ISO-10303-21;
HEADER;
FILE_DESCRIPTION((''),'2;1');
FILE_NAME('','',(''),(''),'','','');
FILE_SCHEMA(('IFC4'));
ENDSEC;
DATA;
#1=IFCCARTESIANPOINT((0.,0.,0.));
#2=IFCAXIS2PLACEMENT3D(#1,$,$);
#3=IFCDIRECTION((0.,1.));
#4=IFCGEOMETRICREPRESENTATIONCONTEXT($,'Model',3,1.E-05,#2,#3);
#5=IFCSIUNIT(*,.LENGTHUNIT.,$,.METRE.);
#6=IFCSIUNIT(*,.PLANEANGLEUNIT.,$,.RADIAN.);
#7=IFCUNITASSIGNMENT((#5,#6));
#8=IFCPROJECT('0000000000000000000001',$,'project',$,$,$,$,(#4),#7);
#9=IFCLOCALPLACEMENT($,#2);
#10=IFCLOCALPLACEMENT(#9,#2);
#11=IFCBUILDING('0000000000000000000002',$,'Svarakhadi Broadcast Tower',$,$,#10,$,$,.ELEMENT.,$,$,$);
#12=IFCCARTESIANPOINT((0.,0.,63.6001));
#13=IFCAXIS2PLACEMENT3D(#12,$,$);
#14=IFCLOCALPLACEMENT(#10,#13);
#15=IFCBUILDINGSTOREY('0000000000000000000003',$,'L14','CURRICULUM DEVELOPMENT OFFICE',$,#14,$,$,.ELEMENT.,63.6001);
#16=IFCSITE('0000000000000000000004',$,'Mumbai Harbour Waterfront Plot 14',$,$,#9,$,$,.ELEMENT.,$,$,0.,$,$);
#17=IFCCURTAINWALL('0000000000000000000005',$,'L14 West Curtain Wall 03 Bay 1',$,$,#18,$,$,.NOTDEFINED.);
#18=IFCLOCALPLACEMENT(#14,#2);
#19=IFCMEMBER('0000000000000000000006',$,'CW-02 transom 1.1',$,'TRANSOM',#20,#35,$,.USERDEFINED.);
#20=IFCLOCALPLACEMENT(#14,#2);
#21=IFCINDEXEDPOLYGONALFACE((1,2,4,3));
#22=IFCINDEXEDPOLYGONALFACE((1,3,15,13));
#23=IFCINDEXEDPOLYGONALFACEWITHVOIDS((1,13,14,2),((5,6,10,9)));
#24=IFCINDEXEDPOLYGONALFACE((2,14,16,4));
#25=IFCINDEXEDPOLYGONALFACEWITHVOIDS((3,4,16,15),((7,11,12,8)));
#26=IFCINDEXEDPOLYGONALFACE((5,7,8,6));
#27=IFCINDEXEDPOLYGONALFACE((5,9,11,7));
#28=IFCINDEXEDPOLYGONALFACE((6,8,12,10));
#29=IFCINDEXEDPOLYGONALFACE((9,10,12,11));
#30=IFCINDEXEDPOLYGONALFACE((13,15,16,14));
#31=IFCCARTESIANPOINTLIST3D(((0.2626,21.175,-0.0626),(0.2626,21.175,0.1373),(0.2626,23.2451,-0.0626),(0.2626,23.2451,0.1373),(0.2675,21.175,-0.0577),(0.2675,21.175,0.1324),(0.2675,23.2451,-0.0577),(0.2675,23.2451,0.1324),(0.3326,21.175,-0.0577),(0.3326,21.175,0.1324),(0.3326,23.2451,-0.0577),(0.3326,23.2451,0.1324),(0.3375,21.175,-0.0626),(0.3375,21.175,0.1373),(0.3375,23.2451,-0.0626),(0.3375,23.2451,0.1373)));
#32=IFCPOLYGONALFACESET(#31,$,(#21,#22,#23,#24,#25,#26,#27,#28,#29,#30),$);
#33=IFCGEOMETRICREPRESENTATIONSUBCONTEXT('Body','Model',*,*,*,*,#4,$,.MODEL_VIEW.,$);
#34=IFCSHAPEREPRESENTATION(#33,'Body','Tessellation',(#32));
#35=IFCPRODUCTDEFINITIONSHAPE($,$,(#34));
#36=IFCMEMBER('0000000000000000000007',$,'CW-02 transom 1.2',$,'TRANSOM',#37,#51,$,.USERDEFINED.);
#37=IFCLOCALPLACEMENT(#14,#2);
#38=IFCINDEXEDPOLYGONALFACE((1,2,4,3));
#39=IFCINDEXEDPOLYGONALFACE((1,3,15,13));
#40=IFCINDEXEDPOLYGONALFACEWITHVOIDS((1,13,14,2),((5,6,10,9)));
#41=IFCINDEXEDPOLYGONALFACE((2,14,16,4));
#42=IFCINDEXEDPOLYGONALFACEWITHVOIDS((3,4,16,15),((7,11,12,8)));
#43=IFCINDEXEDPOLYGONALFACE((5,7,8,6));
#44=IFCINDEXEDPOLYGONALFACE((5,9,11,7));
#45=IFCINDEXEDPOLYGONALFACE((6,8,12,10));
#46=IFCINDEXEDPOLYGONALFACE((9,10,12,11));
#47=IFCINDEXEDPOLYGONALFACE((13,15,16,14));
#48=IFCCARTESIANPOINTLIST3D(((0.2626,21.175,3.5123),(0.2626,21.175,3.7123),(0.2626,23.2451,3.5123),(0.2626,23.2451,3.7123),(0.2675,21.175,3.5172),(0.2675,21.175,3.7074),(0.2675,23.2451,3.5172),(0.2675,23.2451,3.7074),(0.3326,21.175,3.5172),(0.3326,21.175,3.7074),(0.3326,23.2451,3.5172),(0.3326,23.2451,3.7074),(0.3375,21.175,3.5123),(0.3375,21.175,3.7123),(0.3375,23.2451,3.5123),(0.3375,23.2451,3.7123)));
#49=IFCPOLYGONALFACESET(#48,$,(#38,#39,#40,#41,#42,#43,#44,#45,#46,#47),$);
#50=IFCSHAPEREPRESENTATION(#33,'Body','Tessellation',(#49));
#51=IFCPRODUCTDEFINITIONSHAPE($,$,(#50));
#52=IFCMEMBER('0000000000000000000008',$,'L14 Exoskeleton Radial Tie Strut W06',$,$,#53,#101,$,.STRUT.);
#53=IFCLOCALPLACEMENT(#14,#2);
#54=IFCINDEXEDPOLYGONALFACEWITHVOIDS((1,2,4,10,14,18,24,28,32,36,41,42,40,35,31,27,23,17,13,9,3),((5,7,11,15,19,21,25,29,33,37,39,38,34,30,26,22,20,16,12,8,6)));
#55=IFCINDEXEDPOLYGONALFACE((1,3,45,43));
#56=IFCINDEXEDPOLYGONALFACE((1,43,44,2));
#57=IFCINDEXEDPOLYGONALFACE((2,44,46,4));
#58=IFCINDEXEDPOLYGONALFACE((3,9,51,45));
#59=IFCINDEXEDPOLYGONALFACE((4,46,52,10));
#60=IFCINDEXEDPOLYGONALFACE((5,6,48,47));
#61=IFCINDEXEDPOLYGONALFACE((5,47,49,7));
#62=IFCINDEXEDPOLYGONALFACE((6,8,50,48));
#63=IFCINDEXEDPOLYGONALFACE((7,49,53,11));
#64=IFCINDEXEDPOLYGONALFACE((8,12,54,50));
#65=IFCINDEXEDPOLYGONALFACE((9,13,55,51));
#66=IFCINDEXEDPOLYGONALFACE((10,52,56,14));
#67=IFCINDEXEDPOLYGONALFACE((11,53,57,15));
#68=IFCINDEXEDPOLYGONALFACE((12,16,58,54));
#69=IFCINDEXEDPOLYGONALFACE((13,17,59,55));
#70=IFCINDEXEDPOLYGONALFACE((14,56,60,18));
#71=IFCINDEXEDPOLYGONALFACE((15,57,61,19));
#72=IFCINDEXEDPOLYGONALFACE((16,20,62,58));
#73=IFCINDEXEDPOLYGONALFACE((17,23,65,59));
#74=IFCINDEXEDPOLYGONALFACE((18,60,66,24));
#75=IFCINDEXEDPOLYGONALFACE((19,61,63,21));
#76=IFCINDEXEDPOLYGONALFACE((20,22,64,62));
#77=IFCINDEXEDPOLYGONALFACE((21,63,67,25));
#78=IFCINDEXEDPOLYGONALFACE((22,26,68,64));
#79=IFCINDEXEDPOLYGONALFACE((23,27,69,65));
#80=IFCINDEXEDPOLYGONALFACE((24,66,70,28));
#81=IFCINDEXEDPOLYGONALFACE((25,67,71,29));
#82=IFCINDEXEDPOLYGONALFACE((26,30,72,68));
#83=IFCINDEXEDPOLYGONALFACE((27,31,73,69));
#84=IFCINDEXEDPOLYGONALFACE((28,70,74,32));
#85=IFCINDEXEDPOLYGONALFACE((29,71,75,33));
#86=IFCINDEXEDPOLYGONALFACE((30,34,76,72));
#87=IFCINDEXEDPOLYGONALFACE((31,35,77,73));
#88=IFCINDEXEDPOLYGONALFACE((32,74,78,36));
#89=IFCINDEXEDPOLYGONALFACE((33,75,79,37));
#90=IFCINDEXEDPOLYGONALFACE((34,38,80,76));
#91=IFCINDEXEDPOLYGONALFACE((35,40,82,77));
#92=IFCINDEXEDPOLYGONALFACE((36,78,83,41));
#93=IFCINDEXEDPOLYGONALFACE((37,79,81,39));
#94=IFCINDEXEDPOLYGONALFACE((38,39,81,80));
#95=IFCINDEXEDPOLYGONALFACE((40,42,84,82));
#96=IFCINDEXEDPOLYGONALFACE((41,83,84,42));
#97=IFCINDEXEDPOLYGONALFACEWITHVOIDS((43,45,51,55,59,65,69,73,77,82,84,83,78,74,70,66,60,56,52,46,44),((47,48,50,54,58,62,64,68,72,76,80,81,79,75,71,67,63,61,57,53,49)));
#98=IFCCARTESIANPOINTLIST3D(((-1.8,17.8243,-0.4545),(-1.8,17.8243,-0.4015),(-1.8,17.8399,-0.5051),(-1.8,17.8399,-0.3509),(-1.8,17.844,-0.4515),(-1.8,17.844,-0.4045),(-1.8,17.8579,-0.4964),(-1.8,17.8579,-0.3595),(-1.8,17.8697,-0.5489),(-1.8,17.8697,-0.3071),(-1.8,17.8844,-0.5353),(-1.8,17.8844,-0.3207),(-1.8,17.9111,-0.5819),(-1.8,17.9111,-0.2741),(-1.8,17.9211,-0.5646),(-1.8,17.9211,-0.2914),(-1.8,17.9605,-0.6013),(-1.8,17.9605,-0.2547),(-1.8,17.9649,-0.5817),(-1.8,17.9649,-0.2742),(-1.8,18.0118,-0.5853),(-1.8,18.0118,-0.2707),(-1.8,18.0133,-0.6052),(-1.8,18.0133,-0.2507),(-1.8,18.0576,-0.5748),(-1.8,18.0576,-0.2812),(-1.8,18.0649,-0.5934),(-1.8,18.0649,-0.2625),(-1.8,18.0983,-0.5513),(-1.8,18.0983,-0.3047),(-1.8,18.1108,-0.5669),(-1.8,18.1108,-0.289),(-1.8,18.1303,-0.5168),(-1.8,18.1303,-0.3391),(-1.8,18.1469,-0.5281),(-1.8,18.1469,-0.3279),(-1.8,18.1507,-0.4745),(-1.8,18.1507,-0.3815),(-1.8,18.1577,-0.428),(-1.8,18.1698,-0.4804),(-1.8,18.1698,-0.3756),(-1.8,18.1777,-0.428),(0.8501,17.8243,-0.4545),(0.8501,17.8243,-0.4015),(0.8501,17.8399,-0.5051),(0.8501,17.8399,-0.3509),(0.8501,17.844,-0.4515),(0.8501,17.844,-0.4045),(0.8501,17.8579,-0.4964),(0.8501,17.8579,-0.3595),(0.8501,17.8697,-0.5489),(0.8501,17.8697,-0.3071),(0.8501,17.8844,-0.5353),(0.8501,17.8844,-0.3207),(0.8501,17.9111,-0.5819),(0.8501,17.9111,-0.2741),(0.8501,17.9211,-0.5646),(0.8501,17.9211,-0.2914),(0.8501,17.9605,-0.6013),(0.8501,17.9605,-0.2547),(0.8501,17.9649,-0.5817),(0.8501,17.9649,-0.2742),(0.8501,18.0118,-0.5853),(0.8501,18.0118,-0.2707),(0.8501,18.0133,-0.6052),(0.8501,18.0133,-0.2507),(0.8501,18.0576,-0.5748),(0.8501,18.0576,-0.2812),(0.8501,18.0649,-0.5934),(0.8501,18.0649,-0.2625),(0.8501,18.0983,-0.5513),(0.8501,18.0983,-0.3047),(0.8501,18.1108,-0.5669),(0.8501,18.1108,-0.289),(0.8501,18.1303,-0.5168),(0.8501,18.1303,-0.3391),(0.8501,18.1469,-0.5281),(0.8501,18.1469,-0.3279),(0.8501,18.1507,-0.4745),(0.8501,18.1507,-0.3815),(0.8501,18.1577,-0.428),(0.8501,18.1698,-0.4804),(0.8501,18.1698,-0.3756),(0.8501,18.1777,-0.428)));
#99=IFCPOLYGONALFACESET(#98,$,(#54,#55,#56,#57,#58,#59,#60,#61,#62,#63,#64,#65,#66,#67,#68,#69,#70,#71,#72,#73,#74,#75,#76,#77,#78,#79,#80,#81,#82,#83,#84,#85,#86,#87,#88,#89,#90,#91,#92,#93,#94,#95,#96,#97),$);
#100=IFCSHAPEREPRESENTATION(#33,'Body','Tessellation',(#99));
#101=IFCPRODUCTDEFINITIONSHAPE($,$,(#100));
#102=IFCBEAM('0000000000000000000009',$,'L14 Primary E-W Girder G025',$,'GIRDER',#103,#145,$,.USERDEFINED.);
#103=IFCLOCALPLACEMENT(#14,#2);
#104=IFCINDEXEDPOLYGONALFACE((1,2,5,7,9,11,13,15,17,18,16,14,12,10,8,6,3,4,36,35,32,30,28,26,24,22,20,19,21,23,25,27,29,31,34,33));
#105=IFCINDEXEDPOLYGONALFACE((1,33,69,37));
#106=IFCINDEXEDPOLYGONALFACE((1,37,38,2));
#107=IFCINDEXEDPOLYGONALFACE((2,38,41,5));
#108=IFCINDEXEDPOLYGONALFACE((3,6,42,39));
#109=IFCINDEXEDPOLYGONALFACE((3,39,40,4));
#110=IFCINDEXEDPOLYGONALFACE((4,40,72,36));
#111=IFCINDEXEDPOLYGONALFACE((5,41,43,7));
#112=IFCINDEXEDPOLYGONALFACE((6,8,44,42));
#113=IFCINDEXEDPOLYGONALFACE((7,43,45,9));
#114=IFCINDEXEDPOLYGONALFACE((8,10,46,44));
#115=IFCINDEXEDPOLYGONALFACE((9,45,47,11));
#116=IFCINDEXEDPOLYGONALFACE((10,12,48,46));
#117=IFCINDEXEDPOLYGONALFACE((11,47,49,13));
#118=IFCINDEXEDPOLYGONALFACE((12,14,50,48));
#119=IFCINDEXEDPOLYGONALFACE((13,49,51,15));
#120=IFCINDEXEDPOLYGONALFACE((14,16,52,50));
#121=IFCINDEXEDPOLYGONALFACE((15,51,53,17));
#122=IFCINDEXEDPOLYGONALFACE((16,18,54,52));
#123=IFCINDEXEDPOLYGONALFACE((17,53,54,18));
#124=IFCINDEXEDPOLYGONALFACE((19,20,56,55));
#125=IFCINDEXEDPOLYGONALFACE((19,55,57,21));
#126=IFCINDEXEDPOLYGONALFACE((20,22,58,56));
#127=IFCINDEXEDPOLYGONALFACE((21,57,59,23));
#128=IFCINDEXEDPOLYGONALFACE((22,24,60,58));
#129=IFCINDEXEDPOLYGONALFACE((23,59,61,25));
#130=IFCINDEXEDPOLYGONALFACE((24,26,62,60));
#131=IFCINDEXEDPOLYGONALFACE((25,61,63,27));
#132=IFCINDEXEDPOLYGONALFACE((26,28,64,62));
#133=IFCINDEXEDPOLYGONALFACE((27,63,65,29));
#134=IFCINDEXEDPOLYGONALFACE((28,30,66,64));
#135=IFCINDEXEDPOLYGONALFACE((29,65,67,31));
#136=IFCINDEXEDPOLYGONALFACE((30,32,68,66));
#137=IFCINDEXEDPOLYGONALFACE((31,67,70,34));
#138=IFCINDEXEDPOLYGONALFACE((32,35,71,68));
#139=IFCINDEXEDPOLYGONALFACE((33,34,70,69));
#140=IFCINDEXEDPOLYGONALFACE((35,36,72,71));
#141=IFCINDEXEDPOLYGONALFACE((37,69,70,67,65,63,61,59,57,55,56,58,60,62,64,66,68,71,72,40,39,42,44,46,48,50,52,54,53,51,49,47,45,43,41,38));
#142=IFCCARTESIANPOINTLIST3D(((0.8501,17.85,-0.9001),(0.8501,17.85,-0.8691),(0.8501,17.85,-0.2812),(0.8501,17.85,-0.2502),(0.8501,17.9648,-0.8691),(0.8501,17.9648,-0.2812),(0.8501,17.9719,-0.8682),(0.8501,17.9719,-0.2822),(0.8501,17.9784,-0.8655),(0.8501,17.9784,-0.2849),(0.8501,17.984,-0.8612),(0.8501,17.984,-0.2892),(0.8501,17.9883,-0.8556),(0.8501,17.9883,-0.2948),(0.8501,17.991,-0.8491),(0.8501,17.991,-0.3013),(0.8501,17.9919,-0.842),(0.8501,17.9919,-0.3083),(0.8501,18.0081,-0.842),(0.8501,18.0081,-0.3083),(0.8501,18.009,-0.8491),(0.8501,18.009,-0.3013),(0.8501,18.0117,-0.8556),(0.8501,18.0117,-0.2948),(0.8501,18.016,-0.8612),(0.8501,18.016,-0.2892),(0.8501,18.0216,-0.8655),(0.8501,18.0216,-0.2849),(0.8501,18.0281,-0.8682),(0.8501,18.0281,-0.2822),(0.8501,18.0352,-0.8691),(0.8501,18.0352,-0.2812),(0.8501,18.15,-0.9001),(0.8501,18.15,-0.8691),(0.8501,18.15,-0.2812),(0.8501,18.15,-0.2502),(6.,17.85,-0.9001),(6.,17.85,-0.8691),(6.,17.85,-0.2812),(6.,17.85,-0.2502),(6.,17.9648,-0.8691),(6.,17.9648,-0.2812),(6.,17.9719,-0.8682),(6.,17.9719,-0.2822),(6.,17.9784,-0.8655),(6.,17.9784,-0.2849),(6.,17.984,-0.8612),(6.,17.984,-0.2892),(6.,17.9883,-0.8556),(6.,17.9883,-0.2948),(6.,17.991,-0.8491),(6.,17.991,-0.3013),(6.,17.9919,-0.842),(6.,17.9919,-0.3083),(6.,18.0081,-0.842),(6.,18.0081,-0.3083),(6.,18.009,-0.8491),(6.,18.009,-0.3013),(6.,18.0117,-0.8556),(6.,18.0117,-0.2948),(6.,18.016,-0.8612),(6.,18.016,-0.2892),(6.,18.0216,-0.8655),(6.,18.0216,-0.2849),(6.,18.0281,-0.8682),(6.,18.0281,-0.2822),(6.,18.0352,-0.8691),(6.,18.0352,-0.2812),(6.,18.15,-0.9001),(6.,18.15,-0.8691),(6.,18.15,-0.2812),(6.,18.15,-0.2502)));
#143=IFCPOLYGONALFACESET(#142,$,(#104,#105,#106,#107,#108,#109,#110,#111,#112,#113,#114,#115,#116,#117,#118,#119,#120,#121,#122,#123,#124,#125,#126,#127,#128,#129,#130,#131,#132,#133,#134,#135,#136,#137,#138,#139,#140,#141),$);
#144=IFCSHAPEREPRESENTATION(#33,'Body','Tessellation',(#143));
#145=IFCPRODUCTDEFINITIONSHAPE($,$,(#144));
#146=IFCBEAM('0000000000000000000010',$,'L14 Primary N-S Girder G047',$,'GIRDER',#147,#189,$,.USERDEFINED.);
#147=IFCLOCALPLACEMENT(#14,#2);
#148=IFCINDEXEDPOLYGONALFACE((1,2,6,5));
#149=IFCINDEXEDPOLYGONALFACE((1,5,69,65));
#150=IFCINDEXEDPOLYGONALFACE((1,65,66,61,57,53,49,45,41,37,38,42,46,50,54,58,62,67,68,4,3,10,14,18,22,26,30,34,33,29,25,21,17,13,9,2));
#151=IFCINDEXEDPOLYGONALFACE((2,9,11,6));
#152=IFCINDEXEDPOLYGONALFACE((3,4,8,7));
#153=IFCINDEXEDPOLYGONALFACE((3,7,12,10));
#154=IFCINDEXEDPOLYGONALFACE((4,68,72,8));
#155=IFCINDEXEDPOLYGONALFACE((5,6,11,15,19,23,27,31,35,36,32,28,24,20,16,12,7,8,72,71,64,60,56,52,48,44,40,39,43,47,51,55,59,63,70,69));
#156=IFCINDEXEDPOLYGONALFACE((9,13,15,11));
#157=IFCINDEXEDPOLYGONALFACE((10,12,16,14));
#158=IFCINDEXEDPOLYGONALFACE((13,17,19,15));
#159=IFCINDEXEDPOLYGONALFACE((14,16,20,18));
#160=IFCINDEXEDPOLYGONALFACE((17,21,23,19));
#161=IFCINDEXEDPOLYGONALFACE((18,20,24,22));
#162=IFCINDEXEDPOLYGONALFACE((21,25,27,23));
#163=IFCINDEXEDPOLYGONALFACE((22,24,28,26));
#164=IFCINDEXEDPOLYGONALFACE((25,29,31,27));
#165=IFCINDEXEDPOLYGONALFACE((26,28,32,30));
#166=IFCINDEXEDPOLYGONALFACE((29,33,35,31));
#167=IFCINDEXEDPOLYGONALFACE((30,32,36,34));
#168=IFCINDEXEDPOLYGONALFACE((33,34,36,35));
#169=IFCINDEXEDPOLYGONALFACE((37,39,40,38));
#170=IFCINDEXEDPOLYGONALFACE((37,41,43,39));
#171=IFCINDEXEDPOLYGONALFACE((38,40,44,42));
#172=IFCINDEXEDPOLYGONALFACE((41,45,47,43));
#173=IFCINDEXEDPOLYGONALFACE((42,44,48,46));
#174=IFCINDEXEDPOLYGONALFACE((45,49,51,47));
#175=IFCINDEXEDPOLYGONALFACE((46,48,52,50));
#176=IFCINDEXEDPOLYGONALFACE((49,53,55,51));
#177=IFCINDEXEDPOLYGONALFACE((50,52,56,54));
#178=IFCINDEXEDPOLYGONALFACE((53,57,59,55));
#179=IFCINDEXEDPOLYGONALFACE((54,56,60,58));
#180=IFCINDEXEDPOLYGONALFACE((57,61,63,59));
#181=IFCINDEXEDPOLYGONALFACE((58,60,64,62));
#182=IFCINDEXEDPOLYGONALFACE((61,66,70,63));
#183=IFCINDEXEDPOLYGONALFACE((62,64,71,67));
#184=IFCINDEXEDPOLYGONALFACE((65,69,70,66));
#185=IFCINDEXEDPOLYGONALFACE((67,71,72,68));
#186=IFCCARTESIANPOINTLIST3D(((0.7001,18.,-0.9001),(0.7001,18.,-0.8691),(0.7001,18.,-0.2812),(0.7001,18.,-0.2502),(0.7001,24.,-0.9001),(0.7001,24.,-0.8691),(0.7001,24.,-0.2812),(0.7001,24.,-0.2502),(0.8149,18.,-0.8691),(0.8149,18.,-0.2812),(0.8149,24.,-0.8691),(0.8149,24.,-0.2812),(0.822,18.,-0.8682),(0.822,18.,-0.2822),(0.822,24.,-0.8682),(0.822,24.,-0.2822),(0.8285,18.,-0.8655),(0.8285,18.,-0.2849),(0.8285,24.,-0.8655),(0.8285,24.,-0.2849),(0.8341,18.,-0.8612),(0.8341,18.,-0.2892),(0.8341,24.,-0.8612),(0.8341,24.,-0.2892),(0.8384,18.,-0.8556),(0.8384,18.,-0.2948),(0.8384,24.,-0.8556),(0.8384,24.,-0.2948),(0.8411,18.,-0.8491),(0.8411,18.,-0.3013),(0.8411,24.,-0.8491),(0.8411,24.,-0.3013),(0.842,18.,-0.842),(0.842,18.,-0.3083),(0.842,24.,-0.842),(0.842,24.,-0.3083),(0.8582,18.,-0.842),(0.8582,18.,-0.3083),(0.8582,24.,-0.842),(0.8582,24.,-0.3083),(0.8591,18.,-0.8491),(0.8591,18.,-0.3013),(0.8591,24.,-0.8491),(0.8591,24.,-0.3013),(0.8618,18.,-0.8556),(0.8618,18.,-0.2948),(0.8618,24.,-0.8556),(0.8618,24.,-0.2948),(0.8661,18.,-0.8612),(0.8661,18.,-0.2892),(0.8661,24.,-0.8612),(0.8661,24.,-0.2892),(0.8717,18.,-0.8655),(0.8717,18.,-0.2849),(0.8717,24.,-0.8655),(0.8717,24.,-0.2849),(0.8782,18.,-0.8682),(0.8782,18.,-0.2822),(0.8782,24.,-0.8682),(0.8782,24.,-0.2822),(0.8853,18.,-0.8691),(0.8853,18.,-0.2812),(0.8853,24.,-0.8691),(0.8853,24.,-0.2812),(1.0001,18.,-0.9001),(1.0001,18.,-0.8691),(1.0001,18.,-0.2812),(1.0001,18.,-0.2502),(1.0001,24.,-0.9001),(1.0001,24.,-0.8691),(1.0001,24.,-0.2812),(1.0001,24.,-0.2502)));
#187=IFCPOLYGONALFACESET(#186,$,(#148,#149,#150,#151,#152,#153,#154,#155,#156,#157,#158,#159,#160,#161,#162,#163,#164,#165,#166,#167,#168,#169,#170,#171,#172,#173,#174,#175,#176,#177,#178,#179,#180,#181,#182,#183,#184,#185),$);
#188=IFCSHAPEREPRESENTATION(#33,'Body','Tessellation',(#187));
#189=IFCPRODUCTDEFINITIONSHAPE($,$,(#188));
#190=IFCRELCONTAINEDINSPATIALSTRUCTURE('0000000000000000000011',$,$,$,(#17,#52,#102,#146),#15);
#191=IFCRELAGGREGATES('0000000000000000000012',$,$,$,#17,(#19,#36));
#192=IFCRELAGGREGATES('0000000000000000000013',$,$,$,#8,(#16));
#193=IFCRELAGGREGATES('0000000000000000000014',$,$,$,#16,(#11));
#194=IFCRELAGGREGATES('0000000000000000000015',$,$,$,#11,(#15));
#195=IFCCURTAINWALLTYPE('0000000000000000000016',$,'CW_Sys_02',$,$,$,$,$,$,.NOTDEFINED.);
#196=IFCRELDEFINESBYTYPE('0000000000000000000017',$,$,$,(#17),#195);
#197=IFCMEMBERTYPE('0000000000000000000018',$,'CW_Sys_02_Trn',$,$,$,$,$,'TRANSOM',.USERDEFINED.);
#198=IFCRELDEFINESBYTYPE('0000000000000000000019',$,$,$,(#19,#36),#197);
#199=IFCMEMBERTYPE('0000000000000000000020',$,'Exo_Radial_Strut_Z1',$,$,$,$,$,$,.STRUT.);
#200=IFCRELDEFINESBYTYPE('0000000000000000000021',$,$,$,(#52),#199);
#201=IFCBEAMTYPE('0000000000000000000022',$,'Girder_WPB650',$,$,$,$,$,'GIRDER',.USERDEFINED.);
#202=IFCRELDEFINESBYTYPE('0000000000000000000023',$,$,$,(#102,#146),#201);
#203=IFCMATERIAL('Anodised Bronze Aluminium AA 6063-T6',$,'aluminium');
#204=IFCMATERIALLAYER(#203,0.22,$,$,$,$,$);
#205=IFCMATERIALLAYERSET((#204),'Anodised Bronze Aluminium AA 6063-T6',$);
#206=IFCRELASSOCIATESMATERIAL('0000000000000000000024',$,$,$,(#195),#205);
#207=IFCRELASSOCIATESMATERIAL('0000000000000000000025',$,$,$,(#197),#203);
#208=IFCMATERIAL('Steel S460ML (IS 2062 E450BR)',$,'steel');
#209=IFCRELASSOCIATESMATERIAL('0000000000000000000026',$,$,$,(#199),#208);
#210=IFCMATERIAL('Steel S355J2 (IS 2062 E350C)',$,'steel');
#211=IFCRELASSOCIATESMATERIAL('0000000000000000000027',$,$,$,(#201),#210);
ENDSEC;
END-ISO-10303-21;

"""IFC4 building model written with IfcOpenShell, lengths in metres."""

from ifc_helpers import new_model, si_unit, direction, frame, origin, origin_2d, place, context, subcontext, project, spatial, hollow_rectangle, hollow_circle, i_section, extrude, material, layer, layer_set, material_profile, profile_set, type_object, element, aggregate, save


model = new_model("IFC4")

# Units and contexts
model_context = context("Model", 3, precision=1e-05, world=origin(), true_north=direction((0.0, 1.0)))
body_context = subcontext(model_context, "Body", "Model", "MODEL_VIEW")
ifc_project = project(units=[si_unit("LENGTHUNIT", "METRE"), si_unit("PLANEANGLEUNIT", "RADIAN")], contexts=[model_context])

# Site, building, storey
site_placement = place(None, origin())
site = spatial("IfcSite", under=ifc_project, at=site_placement, Name="Mumbai Harbour Waterfront Plot 14", CompositionType="ELEMENT", RefElevation=0.0)
building_placement = place(site_placement, origin())
building = spatial("IfcBuilding", under=site, at=building_placement, Name="Svarakhadi Broadcast Tower", CompositionType="ELEMENT")
storey_placement = place(building_placement, frame((0.0, 0.0, 63.6001)))
storey = spatial("IfcBuildingStorey", under=building, at=storey_placement, Name="L14", Description="CURRICULUM DEVELOPMENT OFFICE", CompositionType="ELEMENT", Elevation=63.6001)

# Shared definitions
ifc_material_1 = material(Name="Steel S460ML (IS 2062 E450BR)", Category="steel")

# Shared definitions
ifc_material_2 = material(Name="Steel S355J2 (IS 2062 E350C)", Category="steel")

# Curtain wall, members
ifc_material_3 = material(Name="Anodised Bronze Aluminium AA 6063-T6", Category="aluminium")
ifc_layer_1 = layer(ifc_material_3, 0.22)
ifc_layer_set_1 = layer_set([ifc_layer_1], Name="Anodised Bronze Aluminium AA 6063-T6")
curtain_wall_type = type_object("IfcCurtainWallType", Name="CW_Sys_02", PredefinedType="NOTDEFINED", material=ifc_layer_set_1)
curtain_wall_placement = place(storey_placement, origin())
curtain_wall = element("IfcCurtainWall", 1, at=curtain_wall_placement, inside=storey, type_object=curtain_wall_type, Name="L14 West Curtain Wall 03 Bay 1", PredefinedType="NOTDEFINED")
ifc_material_profile_1 = material_profile(ifc_material_3, hollow_rectangle(XDim=0.075, YDim=0.2, WallThickness=0.0049, at=origin_2d()), Name="ALU TRANSOM 200x75x5")
ifc_profile_set_1 = profile_set([ifc_material_profile_1], Name="Anodised Bronze Aluminium AA 6063-T6")
member_type_1 = type_object("IfcMemberType", Name="CW_Sys_02_Trn", ElementType="TRANSOM", PredefinedType="USERDEFINED", material=ifc_profile_set_1)
member_1_placement = place(storey_placement, frame((0.3, 21.175, 0.0374), z_axis=(0.0, 1.0, 0.0), x_axis=(-1.0, 0.0, 0.0)))
member_1 = element("IfcMember", 2, at=member_1_placement, type_object=member_type_1, Name="CW-02 transom 1.1", ObjectType="TRANSOM", PredefinedType="USERDEFINED", context=body_context, shape_type="SweptSolid", body=[
    extrude(hollow_rectangle(XDim=0.075, YDim=0.2, WallThickness=0.0049, at=origin_2d()), origin(), (0.0, 0.0, 1.0), 2.0701),
])
member_2_placement = place(storey_placement, frame((0.3, 21.175, 3.6123), z_axis=(0.0, 1.0, 0.0), x_axis=(-1.0, 0.0, 0.0)))
member_2 = element("IfcMember", 3, at=member_2_placement, type_object=member_type_1, Name="CW-02 transom 1.2", ObjectType="TRANSOM", PredefinedType="USERDEFINED", context=body_context, shape_type="SweptSolid", body=[
    extrude(hollow_rectangle(XDim=0.075, YDim=0.2, WallThickness=0.0049, at=origin_2d()), origin(), (0.0, 0.0, 1.0), 2.0701),
])

# Member
ifc_material_profile_2 = material_profile(ifc_material_1, hollow_circle(Radius=0.1777, WallThickness=0.02, at=origin_2d()), Name="CHS 355.6x20")
ifc_profile_set_2 = profile_set([ifc_material_profile_2], Name="Steel S460ML (IS 2062 E450BR)")
member_type_2 = type_object("IfcMemberType", Name="Exo_Radial_Strut_Z1", PredefinedType="STRUT", material=ifc_profile_set_2)
member_3_placement = place(storey_placement, frame((-1.8, 18.0, -0.428), z_axis=(1.0, 0.0, 0.0), x_axis=(0.0, 1.0, 0.0)))
element("IfcMember", 4, at=member_3_placement, inside=storey, type_object=member_type_2, Name="L14 Exoskeleton Radial Tie Strut W06", PredefinedType="STRUT", context=body_context, shape_type="SweptSolid", body=[
    extrude(hollow_circle(Radius=0.1777, WallThickness=0.02, at=origin_2d()), origin(), (0.0, 0.0, 1.0), 2.6501),
])

# Beams
ifc_material_profile_3 = material_profile(ifc_material_2, i_section(OverallWidth=0.3, OverallDepth=0.6499, WebThickness=0.0161, FlangeThickness=0.031, FilletRadius=0.0271, at=origin_2d()), Name="WPB 650x300x225")
ifc_profile_set_3 = profile_set([ifc_material_profile_3], Name="Steel S355J2 (IS 2062 E350C)")
beam_type_1 = type_object("IfcBeamType", Name="Girder_WPB650", ElementType="GIRDER", PredefinedType="USERDEFINED", material=ifc_profile_set_3)
beam_1_placement = place(storey_placement, frame((0.8501, 18.0, -0.5752), z_axis=(1.0, 0.0, 0.0), x_axis=(0.0, 1.0, 0.0)))
element("IfcBeam", 5, at=beam_1_placement, inside=storey, type_object=beam_type_1, Name="L14 Primary E-W Girder G025", ObjectType="GIRDER", PredefinedType="USERDEFINED", context=body_context, shape_type="SweptSolid", body=[
    extrude(i_section(OverallWidth=0.3, OverallDepth=0.6499, WebThickness=0.0161, FlangeThickness=0.031, FilletRadius=0.0271, at=origin_2d()), origin(), (0.0, 0.0, 1.0), 5.1499),
])
beam_2_placement = place(storey_placement, frame((0.8501, 18.0, -0.5752), z_axis=(0.0, 1.0, 0.0), x_axis=(-1.0, 0.0, 0.0)))
element("IfcBeam", 6, at=beam_2_placement, inside=storey, type_object=beam_type_1, Name="L14 Primary N-S Girder G047", ObjectType="GIRDER", PredefinedType="USERDEFINED", context=body_context, shape_type="SweptSolid", body=[
    extrude(i_section(OverallWidth=0.3, OverallDepth=0.6499, WebThickness=0.0161, FlangeThickness=0.031, FilletRadius=0.0271, at=origin_2d()), origin(), (0.0, 0.0, 1.0), 6.0),
])

aggregate(curtain_wall, [member_1, member_2])

save(model, "model.ifc")
